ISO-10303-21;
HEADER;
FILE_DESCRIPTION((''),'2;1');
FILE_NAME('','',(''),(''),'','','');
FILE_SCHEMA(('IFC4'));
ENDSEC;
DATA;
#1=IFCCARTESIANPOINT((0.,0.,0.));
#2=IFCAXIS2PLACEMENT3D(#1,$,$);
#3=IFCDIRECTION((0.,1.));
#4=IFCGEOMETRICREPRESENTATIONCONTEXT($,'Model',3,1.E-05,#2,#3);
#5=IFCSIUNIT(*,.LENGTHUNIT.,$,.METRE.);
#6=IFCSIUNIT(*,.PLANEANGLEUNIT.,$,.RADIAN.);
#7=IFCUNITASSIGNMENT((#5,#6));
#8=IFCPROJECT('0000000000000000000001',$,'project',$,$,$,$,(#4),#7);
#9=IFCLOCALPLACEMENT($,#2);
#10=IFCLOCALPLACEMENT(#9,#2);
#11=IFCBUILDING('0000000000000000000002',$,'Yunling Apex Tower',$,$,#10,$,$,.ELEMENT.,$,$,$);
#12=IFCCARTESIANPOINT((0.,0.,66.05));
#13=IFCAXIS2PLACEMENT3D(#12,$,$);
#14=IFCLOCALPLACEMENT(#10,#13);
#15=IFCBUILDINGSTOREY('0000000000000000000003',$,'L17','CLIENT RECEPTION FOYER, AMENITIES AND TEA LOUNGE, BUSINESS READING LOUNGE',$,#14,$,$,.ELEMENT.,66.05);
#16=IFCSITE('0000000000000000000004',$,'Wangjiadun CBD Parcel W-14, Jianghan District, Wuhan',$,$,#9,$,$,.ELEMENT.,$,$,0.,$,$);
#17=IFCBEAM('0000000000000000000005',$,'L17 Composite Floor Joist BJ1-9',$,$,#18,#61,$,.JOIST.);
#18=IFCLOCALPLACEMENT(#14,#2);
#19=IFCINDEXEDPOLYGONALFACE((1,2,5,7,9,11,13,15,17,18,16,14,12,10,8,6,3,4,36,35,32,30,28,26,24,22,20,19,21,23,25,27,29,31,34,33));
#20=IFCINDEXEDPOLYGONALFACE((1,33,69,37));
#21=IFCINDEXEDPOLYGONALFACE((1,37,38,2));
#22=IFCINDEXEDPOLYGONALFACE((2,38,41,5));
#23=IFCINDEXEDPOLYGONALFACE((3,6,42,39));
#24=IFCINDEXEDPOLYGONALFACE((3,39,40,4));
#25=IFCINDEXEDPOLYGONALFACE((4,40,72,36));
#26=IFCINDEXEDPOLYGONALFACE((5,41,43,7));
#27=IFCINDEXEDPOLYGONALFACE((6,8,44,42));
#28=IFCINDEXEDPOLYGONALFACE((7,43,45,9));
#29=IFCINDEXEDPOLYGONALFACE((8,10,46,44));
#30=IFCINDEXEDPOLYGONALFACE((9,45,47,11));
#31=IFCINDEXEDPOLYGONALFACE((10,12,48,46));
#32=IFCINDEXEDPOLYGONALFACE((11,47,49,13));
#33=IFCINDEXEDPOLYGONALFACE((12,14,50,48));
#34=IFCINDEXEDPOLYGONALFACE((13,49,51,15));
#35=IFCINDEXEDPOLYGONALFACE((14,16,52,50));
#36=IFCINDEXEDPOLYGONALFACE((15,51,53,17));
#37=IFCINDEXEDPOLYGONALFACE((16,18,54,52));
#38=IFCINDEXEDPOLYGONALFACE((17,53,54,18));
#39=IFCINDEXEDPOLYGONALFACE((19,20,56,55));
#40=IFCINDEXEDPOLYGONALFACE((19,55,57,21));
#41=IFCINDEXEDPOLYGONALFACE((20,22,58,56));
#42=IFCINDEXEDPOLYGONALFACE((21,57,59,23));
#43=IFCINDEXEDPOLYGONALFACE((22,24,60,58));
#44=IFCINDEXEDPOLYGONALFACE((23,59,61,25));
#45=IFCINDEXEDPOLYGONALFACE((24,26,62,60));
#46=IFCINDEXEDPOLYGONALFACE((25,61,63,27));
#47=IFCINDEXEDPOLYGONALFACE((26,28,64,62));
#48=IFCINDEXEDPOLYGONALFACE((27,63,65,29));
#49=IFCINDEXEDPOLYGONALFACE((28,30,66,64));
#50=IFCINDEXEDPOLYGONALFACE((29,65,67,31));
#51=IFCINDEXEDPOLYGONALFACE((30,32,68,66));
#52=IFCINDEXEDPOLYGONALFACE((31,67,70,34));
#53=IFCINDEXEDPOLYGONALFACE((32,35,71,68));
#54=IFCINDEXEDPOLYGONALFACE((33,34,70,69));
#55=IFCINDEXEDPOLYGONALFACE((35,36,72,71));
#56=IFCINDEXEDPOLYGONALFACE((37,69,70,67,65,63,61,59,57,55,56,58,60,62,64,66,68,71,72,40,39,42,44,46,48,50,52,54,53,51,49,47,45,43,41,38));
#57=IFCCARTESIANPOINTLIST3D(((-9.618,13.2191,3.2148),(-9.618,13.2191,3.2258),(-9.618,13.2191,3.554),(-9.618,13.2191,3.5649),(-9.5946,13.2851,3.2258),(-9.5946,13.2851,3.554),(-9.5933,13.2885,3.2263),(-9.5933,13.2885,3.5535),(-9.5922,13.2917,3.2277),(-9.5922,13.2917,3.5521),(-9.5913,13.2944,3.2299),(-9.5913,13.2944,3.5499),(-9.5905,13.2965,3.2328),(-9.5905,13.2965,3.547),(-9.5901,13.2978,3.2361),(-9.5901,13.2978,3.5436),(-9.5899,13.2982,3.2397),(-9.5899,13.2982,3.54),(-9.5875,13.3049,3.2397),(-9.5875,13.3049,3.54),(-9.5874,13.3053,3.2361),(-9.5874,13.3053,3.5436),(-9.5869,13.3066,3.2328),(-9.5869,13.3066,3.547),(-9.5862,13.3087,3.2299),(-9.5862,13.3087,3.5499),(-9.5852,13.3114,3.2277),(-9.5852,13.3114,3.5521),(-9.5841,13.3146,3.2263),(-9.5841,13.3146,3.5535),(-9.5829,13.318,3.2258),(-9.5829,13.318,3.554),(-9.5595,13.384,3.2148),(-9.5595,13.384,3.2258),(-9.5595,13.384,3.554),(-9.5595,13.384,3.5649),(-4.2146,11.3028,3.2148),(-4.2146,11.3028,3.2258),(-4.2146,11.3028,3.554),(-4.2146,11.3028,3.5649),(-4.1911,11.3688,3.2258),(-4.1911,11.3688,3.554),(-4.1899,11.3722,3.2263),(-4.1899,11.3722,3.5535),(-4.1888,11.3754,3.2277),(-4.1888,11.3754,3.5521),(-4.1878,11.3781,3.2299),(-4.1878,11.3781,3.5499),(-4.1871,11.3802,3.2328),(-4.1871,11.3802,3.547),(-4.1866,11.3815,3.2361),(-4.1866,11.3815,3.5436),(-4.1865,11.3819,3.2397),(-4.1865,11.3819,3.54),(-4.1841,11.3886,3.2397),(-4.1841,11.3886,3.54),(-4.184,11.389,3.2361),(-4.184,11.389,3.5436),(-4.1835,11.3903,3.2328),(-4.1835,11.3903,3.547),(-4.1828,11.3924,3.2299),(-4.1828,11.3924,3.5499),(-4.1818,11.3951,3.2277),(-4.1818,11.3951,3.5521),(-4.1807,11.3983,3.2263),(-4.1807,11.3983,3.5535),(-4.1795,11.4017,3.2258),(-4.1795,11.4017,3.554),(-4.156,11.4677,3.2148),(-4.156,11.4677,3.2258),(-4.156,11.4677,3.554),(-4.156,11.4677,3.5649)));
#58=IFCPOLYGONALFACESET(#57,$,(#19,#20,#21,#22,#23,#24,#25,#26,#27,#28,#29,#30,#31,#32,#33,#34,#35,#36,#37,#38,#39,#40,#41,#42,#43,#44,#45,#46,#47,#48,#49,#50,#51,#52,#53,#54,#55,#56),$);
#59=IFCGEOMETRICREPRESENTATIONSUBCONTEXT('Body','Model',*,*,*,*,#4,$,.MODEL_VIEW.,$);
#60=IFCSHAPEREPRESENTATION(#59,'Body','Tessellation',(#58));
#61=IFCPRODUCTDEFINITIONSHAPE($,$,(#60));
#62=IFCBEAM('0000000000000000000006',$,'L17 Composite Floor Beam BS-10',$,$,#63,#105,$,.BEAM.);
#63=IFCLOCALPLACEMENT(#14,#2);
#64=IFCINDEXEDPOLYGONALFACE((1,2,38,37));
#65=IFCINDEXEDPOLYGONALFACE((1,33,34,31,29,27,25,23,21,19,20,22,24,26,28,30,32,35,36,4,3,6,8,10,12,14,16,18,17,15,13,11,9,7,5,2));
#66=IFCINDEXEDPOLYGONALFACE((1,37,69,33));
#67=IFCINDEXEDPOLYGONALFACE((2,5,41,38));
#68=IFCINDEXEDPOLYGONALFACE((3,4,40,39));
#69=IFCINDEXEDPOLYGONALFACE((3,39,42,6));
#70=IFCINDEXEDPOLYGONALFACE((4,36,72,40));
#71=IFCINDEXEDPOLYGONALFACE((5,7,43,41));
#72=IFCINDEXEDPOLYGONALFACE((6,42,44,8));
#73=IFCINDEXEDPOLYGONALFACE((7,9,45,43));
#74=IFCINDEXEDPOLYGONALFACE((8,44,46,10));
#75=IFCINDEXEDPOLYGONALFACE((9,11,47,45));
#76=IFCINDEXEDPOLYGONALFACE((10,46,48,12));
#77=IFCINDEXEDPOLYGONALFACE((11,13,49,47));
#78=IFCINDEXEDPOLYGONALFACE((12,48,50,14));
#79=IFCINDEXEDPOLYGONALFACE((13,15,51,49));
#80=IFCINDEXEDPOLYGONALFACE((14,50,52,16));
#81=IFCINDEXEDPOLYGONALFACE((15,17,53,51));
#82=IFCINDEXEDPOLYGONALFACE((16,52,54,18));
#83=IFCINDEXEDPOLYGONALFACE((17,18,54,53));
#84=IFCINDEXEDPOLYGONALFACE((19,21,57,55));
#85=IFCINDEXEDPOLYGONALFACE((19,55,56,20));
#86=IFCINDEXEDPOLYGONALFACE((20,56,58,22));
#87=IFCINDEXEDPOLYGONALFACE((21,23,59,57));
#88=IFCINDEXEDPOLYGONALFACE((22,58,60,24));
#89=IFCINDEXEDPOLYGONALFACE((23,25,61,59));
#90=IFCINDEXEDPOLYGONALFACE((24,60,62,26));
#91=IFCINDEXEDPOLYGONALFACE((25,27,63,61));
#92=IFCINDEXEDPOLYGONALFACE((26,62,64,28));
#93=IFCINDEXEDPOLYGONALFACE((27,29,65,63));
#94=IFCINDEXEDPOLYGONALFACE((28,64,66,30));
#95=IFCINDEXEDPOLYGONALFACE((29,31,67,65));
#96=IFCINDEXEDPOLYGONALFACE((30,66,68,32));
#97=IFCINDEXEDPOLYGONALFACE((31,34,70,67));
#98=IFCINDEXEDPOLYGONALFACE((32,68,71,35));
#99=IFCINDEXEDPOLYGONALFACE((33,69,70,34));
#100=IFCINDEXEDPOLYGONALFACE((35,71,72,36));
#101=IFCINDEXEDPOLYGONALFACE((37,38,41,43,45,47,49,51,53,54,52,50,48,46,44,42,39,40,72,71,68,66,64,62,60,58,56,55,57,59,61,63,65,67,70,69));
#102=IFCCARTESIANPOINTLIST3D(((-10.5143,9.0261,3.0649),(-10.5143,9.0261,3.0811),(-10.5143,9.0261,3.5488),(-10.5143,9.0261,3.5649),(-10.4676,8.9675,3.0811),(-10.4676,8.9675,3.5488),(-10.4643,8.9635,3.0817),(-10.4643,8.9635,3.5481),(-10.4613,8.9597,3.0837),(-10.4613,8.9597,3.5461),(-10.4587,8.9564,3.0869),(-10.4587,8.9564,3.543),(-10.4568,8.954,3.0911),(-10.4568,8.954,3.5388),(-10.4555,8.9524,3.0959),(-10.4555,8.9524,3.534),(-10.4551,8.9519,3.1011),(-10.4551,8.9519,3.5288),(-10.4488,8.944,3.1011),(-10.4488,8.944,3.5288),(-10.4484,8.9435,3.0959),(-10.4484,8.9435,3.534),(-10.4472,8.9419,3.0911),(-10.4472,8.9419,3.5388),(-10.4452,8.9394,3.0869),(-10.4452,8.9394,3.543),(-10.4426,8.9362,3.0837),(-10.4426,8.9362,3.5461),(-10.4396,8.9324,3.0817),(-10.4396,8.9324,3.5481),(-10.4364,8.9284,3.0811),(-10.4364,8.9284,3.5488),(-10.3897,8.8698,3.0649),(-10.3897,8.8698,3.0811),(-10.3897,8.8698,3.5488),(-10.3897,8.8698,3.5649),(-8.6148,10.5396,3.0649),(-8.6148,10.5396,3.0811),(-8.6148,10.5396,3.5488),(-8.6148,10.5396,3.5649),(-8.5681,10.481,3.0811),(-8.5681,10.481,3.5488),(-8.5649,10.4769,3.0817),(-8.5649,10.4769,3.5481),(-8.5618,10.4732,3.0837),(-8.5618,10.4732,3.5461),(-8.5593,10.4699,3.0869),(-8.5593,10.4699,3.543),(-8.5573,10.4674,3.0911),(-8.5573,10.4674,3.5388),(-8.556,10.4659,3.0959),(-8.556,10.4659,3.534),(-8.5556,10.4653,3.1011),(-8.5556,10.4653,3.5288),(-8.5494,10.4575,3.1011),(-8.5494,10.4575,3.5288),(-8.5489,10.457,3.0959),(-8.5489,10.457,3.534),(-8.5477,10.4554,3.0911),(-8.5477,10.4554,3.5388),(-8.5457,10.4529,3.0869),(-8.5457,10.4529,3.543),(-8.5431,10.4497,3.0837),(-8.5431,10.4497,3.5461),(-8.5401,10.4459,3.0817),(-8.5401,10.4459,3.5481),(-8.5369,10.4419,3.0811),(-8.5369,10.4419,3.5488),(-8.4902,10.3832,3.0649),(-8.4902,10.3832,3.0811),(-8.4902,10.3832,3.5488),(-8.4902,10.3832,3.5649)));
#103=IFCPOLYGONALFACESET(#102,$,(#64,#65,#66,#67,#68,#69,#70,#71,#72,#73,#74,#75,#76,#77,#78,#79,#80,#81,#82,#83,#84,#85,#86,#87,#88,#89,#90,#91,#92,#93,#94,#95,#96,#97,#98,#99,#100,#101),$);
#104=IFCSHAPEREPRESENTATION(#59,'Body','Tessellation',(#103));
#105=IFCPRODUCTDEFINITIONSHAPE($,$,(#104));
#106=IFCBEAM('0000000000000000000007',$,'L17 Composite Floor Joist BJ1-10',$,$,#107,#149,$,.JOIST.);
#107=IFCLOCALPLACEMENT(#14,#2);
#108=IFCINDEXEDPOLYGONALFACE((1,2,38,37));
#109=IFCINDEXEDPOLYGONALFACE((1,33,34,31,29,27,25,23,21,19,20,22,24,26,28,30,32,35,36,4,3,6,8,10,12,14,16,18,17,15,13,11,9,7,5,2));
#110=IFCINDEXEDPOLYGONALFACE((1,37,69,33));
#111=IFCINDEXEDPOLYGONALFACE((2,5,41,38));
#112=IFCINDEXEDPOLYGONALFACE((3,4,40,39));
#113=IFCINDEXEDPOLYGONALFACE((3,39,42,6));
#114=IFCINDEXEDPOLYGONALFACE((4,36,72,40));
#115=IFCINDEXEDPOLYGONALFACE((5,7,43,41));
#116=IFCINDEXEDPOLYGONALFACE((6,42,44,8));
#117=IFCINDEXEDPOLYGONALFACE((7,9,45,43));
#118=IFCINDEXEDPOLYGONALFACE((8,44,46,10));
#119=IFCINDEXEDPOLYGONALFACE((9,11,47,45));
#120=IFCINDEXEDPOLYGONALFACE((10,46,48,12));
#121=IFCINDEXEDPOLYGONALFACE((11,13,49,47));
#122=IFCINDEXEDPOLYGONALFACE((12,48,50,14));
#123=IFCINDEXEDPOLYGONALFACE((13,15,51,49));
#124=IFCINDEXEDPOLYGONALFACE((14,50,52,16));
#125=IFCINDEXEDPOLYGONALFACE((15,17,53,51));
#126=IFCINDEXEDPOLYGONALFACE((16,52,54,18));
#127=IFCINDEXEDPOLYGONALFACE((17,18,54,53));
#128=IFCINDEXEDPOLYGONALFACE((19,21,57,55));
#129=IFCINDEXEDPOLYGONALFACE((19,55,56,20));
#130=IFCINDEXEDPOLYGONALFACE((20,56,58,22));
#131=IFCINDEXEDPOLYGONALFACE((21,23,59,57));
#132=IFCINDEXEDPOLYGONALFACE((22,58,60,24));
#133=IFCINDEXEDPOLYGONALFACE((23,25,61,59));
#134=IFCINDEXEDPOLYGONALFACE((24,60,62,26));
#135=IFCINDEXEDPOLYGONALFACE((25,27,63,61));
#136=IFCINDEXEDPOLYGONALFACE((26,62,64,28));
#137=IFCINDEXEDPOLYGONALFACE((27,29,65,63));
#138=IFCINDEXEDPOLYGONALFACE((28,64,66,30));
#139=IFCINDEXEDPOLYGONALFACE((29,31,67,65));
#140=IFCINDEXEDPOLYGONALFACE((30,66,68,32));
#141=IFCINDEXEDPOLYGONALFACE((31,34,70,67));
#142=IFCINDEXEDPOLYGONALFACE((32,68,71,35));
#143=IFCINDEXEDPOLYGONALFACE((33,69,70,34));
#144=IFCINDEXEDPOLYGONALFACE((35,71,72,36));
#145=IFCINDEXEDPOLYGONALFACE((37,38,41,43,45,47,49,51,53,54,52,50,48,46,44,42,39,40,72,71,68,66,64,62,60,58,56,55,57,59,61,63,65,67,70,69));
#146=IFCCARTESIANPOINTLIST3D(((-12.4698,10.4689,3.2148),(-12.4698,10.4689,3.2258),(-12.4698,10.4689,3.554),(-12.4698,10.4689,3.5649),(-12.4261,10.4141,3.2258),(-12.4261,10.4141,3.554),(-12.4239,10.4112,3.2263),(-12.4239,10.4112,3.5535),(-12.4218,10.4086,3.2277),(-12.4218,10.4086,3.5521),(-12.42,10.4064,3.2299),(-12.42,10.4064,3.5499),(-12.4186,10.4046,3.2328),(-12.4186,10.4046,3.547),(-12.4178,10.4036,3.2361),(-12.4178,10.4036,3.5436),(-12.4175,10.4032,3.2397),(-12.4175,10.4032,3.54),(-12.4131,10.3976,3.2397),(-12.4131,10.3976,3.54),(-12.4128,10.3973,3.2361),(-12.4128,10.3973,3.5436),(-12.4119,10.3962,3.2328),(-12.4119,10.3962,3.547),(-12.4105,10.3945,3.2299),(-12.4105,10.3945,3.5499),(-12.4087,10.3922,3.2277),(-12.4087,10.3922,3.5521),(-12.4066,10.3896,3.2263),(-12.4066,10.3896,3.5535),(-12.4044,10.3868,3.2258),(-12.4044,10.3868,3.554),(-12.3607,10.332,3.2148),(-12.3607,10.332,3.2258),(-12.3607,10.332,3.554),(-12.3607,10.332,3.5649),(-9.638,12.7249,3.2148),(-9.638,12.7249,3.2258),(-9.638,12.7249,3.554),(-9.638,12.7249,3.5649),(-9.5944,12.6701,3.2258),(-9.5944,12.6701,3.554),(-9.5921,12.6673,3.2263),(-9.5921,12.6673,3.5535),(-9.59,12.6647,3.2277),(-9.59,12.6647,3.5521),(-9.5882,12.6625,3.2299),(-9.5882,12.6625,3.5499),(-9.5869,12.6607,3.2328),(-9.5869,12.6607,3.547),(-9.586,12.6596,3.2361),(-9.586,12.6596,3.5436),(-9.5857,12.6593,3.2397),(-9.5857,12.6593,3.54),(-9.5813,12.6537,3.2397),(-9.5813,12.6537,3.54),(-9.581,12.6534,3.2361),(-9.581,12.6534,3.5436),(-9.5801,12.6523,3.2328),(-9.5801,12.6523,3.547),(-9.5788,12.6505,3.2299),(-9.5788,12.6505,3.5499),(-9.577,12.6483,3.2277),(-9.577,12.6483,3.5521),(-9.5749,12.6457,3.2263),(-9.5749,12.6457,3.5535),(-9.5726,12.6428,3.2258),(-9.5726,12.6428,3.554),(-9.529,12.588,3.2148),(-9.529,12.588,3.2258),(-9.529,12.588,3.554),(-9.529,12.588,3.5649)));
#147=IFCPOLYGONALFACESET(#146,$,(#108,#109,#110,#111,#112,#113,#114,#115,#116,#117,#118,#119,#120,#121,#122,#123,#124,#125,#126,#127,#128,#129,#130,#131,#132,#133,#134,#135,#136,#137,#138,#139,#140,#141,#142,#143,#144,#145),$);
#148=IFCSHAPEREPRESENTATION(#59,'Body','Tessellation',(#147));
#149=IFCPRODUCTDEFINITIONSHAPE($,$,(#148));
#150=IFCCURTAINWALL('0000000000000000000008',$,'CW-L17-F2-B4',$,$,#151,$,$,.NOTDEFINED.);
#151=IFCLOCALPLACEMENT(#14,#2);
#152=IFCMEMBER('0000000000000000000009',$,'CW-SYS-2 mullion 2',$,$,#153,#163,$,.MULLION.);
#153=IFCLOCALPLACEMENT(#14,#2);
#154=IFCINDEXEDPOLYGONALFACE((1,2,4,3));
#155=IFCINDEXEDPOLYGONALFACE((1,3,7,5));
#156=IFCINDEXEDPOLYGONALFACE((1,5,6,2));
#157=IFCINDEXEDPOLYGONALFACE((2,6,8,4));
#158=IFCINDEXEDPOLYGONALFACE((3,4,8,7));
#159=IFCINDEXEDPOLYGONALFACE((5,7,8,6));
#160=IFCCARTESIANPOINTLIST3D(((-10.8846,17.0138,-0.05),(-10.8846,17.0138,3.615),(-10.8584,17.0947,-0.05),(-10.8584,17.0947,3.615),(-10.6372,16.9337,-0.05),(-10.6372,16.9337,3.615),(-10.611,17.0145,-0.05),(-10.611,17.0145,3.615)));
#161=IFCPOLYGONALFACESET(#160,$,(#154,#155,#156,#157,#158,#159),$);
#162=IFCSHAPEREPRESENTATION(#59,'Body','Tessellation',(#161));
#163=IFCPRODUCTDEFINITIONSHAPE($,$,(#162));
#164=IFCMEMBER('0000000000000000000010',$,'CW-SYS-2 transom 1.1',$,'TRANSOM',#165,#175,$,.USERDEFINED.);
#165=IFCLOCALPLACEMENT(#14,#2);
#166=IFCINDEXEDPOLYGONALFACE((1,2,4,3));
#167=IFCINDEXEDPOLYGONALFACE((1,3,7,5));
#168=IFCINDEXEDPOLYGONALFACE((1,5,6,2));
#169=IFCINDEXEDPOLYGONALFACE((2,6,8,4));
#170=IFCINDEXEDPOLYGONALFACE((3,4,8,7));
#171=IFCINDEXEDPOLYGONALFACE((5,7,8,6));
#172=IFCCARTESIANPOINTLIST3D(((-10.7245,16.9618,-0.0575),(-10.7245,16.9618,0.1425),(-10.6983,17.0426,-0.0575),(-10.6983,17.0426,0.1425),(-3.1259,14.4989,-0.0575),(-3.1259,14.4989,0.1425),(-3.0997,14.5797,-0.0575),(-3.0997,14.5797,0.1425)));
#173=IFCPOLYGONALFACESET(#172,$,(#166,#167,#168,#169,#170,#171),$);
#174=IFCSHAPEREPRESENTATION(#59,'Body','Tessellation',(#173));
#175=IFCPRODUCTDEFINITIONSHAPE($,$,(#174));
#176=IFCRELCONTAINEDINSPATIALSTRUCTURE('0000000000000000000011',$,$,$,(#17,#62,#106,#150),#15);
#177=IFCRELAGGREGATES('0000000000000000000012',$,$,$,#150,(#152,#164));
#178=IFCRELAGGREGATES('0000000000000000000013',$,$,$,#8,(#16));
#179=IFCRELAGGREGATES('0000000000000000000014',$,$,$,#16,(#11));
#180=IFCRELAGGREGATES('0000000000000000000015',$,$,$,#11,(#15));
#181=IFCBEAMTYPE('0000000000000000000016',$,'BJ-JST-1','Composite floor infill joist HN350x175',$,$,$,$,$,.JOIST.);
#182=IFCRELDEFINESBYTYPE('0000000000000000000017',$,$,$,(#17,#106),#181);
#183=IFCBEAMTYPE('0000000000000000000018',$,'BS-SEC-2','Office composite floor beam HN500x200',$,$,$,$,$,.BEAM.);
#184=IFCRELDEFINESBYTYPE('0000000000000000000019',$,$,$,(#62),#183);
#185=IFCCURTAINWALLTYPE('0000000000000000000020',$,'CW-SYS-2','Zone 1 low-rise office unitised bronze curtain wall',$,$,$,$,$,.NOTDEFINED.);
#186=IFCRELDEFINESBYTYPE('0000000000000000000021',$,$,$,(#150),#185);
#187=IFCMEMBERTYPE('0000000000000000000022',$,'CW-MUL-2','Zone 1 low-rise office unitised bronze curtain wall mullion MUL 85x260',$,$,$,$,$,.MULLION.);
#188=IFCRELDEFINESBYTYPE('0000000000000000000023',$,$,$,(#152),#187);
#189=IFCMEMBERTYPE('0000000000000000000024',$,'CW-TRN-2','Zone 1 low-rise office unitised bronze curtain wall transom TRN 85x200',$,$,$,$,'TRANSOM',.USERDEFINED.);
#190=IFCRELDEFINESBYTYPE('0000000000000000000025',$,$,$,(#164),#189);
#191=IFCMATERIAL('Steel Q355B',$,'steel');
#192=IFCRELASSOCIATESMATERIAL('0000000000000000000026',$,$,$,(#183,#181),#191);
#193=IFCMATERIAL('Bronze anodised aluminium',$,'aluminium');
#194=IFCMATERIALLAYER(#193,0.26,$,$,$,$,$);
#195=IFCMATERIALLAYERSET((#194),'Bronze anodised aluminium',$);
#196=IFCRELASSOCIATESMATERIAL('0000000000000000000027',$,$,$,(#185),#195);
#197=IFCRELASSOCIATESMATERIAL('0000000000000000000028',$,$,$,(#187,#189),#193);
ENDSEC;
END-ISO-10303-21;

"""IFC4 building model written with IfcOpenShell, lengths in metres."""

from ifc_helpers import new_model, si_unit, direction, frame, origin, origin_2d, place, context, subcontext, project, spatial, rectangle, i_section, extrude, source, transform, mapped, material, layer, layer_set, material_profile, profile_set, type_object, element, aggregate, save


model = new_model("IFC4")

# Units and contexts
model_context = context("Model", 3, precision=1e-05, world=origin(), true_north=direction((0.0, 1.0)))
body_context = subcontext(model_context, "Body", "Model", "MODEL_VIEW")
ifc_project = project(units=[si_unit("LENGTHUNIT", "METRE"), si_unit("PLANEANGLEUNIT", "RADIAN")], contexts=[model_context])

# Site, building, storey
site_placement = place(None, origin())
site = spatial("IfcSite", under=ifc_project, at=site_placement, Name="Wangjiadun CBD Parcel W-14, Jianghan District, Wuhan", CompositionType="ELEMENT", RefElevation=0.0)
building_placement = place(site_placement, origin())
building = spatial("IfcBuilding", under=site, at=building_placement, Name="Yunling Apex Tower", CompositionType="ELEMENT")
storey_placement = place(building_placement, frame((0.0, 0.0, 66.05)))
storey = spatial("IfcBuildingStorey", under=building, at=storey_placement, Name="L17", Description="CLIENT RECEPTION FOYER, AMENITIES AND TEA LOUNGE, BUSINESS READING LOUNGE", CompositionType="ELEMENT", Elevation=66.05)

# Beams
ifc_material_1 = material(Name="Steel Q355B", Category="steel")
ifc_material_profile_1 = material_profile(ifc_material_1, i_section(OverallWidth=0.2, OverallDepth=0.5, WebThickness=0.01, FlangeThickness=0.0161, FilletRadius=0.02, at=origin_2d()))
ifc_profile_set_1 = profile_set([ifc_material_profile_1], Name="Steel Q355B")
beam_type_1 = type_object("IfcBeamType", Name="BS-SEC-2", Description="Office composite floor beam HN500x200", PredefinedType="BEAM", material=ifc_profile_set_1)
ifc_material_profile_2 = material_profile(ifc_material_1, i_section(OverallWidth=0.175, OverallDepth=0.3501, WebThickness=0.0071, FlangeThickness=0.011, FilletRadius=0.0139, at=origin_2d()))
ifc_profile_set_2 = profile_set([ifc_material_profile_2], Name="Steel Q355B")
beam_type_2 = type_object("IfcBeamType", Name="BJ-JST-1", Description="Composite floor infill joist HN350x175", PredefinedType="JOIST", material=ifc_profile_set_2)
shared_shape_1 = source(origin(), body_context, "Body", "SweptSolid", [
    extrude(i_section(OverallWidth=0.175, OverallDepth=0.3501, WebThickness=0.0071, FlangeThickness=0.011, FilletRadius=0.0139, at=origin_2d()), origin(), (0.0, 0.0, 1.0), 5.7332),
])
beam_1_placement = place(storey_placement, frame((-4.1853, 11.3853, 3.3899), z_axis=(-0.942485, 0.334248, 0.0), x_axis=(-0.334248, -0.942485, 0.0)))
element("IfcBeam", 1, at=beam_1_placement, inside=storey, type_object=beam_type_2, Name="L17 Composite Floor Joist BJ1-9", PredefinedType="JOIST", context=body_context, shape_type="MappedRepresentation", body=[
    mapped(shared_shape_1, transform((0.0, 0.0, 0.0), scale=1.0)),
])
shared_shape_2 = source(origin(), body_context, "Body", "SweptSolid", [
    extrude(i_section(OverallWidth=0.2, OverallDepth=0.5, WebThickness=0.01, FlangeThickness=0.0161, FilletRadius=0.02, at=origin_2d()), origin(), (0.0, 0.0, 1.0), 2.4287),
])
beam_2_placement = place(storey_placement, frame((-8.5525, 10.4614, 3.3149), z_axis=(-0.782093, -0.623161, 0.0), x_axis=(0.623161, -0.782093, 0.0)))
element("IfcBeam", 2, at=beam_2_placement, inside=storey, type_object=beam_type_1, Name="L17 Composite Floor Beam BS-10", PredefinedType="BEAM", context=body_context, shape_type="MappedRepresentation", body=[
    mapped(shared_shape_2, transform((0.0, 0.0, 0.0), scale=1.0)),
])
shared_shape_3 = source(origin(), body_context, "Body", "SweptSolid", [
    extrude(i_section(OverallWidth=0.175, OverallDepth=0.3501, WebThickness=0.0071, FlangeThickness=0.011, FilletRadius=0.0139, at=origin_2d()), origin(), (0.0, 0.0, 1.0), 3.6206),
])
beam_3_placement = place(storey_placement, frame((-9.5835, 12.6565, 3.3899), z_axis=(-0.782124, -0.623123, 0.0), x_axis=(0.623123, -0.782124, 0.0)))
element("IfcBeam", 3, at=beam_3_placement, inside=storey, type_object=beam_type_2, Name="L17 Composite Floor Joist BJ1-10", PredefinedType="JOIST", context=body_context, shape_type="MappedRepresentation", body=[
    mapped(shared_shape_3, transform((0.0, 0.0, 0.0), scale=1.0)),
])

# Curtain wall, members
ifc_material_2 = material(Name="Bronze anodised aluminium", Category="aluminium")
ifc_layer_1 = layer(ifc_material_2, 0.26)
ifc_layer_set_1 = layer_set([ifc_layer_1], Name="Bronze anodised aluminium")
curtain_wall_type = type_object("IfcCurtainWallType", Name="CW-SYS-2", Description="Zone 1 low-rise office unitised bronze curtain wall", PredefinedType="NOTDEFINED", material=ifc_layer_set_1)
curtain_wall_placement = place(storey_placement, origin())
curtain_wall = element("IfcCurtainWall", 4, at=curtain_wall_placement, inside=storey, type_object=curtain_wall_type, Name="CW-L17-F2-B4", PredefinedType="NOTDEFINED")
ifc_material_profile_3 = material_profile(ifc_material_2, rectangle(XDim=0.085, YDim=0.26, at=origin_2d()))
ifc_profile_set_3 = profile_set([ifc_material_profile_3], Name="Bronze anodised aluminium")
member_type_1 = type_object("IfcMemberType", Name="CW-MUL-2", Description="Zone 1 low-rise office unitised bronze curtain wall mullion MUL 85x260", PredefinedType="MULLION", material=ifc_profile_set_3)
shared_shape_4 = source(origin(), body_context, "Body", "SweptSolid", [
    extrude(rectangle(XDim=0.085, YDim=0.26, at=origin_2d()), origin(), (0.0, 0.0, 1.0), 3.665),
])
member_1_placement = place(storey_placement, frame((-10.7478, 17.0142, -0.05), z_axis=(0.0, 0.0, 1.0), x_axis=(-0.308357, -0.951271, 0.0)))
member_1 = element("IfcMember", 5, at=member_1_placement, type_object=member_type_1, Name="CW-SYS-2 mullion 2", PredefinedType="MULLION", context=body_context, shape_type="MappedRepresentation", body=[
    mapped(shared_shape_4, transform((0.0, 0.0, 0.0), scale=1.0)),
])
ifc_material_profile_4 = material_profile(ifc_material_2, rectangle(XDim=0.085, YDim=0.2, at=origin_2d()))
ifc_profile_set_4 = profile_set([ifc_material_profile_4], Name="Bronze anodised aluminium")
member_type_2 = type_object("IfcMemberType", Name="CW-TRN-2", Description="Zone 1 low-rise office unitised bronze curtain wall transom TRN 85x200", ElementType="TRANSOM", PredefinedType="USERDEFINED", material=ifc_profile_set_4)
shared_shape_5 = source(origin(), body_context, "Body", "SweptSolid", [
    extrude(rectangle(XDim=0.085, YDim=0.2, at=origin_2d()), origin(), (0.0, 0.0, 1.0), 7.9878),
])
member_2_placement = place(storey_placement, frame((-3.1128, 14.5393, 0.0425), z_axis=(-0.951279, 0.308331, 0.0), x_axis=(-0.308331, -0.951279, 0.0)))
member_2 = element("IfcMember", 6, at=member_2_placement, type_object=member_type_2, Name="CW-SYS-2 transom 1.1", ObjectType="TRANSOM", PredefinedType="USERDEFINED", context=body_context, shape_type="MappedRepresentation", body=[
    mapped(shared_shape_5, transform((0.0, 0.0, 0.0), scale=1.0)),
])
aggregate(curtain_wall, [member_1, member_2])

save(model, "model.ifc")
